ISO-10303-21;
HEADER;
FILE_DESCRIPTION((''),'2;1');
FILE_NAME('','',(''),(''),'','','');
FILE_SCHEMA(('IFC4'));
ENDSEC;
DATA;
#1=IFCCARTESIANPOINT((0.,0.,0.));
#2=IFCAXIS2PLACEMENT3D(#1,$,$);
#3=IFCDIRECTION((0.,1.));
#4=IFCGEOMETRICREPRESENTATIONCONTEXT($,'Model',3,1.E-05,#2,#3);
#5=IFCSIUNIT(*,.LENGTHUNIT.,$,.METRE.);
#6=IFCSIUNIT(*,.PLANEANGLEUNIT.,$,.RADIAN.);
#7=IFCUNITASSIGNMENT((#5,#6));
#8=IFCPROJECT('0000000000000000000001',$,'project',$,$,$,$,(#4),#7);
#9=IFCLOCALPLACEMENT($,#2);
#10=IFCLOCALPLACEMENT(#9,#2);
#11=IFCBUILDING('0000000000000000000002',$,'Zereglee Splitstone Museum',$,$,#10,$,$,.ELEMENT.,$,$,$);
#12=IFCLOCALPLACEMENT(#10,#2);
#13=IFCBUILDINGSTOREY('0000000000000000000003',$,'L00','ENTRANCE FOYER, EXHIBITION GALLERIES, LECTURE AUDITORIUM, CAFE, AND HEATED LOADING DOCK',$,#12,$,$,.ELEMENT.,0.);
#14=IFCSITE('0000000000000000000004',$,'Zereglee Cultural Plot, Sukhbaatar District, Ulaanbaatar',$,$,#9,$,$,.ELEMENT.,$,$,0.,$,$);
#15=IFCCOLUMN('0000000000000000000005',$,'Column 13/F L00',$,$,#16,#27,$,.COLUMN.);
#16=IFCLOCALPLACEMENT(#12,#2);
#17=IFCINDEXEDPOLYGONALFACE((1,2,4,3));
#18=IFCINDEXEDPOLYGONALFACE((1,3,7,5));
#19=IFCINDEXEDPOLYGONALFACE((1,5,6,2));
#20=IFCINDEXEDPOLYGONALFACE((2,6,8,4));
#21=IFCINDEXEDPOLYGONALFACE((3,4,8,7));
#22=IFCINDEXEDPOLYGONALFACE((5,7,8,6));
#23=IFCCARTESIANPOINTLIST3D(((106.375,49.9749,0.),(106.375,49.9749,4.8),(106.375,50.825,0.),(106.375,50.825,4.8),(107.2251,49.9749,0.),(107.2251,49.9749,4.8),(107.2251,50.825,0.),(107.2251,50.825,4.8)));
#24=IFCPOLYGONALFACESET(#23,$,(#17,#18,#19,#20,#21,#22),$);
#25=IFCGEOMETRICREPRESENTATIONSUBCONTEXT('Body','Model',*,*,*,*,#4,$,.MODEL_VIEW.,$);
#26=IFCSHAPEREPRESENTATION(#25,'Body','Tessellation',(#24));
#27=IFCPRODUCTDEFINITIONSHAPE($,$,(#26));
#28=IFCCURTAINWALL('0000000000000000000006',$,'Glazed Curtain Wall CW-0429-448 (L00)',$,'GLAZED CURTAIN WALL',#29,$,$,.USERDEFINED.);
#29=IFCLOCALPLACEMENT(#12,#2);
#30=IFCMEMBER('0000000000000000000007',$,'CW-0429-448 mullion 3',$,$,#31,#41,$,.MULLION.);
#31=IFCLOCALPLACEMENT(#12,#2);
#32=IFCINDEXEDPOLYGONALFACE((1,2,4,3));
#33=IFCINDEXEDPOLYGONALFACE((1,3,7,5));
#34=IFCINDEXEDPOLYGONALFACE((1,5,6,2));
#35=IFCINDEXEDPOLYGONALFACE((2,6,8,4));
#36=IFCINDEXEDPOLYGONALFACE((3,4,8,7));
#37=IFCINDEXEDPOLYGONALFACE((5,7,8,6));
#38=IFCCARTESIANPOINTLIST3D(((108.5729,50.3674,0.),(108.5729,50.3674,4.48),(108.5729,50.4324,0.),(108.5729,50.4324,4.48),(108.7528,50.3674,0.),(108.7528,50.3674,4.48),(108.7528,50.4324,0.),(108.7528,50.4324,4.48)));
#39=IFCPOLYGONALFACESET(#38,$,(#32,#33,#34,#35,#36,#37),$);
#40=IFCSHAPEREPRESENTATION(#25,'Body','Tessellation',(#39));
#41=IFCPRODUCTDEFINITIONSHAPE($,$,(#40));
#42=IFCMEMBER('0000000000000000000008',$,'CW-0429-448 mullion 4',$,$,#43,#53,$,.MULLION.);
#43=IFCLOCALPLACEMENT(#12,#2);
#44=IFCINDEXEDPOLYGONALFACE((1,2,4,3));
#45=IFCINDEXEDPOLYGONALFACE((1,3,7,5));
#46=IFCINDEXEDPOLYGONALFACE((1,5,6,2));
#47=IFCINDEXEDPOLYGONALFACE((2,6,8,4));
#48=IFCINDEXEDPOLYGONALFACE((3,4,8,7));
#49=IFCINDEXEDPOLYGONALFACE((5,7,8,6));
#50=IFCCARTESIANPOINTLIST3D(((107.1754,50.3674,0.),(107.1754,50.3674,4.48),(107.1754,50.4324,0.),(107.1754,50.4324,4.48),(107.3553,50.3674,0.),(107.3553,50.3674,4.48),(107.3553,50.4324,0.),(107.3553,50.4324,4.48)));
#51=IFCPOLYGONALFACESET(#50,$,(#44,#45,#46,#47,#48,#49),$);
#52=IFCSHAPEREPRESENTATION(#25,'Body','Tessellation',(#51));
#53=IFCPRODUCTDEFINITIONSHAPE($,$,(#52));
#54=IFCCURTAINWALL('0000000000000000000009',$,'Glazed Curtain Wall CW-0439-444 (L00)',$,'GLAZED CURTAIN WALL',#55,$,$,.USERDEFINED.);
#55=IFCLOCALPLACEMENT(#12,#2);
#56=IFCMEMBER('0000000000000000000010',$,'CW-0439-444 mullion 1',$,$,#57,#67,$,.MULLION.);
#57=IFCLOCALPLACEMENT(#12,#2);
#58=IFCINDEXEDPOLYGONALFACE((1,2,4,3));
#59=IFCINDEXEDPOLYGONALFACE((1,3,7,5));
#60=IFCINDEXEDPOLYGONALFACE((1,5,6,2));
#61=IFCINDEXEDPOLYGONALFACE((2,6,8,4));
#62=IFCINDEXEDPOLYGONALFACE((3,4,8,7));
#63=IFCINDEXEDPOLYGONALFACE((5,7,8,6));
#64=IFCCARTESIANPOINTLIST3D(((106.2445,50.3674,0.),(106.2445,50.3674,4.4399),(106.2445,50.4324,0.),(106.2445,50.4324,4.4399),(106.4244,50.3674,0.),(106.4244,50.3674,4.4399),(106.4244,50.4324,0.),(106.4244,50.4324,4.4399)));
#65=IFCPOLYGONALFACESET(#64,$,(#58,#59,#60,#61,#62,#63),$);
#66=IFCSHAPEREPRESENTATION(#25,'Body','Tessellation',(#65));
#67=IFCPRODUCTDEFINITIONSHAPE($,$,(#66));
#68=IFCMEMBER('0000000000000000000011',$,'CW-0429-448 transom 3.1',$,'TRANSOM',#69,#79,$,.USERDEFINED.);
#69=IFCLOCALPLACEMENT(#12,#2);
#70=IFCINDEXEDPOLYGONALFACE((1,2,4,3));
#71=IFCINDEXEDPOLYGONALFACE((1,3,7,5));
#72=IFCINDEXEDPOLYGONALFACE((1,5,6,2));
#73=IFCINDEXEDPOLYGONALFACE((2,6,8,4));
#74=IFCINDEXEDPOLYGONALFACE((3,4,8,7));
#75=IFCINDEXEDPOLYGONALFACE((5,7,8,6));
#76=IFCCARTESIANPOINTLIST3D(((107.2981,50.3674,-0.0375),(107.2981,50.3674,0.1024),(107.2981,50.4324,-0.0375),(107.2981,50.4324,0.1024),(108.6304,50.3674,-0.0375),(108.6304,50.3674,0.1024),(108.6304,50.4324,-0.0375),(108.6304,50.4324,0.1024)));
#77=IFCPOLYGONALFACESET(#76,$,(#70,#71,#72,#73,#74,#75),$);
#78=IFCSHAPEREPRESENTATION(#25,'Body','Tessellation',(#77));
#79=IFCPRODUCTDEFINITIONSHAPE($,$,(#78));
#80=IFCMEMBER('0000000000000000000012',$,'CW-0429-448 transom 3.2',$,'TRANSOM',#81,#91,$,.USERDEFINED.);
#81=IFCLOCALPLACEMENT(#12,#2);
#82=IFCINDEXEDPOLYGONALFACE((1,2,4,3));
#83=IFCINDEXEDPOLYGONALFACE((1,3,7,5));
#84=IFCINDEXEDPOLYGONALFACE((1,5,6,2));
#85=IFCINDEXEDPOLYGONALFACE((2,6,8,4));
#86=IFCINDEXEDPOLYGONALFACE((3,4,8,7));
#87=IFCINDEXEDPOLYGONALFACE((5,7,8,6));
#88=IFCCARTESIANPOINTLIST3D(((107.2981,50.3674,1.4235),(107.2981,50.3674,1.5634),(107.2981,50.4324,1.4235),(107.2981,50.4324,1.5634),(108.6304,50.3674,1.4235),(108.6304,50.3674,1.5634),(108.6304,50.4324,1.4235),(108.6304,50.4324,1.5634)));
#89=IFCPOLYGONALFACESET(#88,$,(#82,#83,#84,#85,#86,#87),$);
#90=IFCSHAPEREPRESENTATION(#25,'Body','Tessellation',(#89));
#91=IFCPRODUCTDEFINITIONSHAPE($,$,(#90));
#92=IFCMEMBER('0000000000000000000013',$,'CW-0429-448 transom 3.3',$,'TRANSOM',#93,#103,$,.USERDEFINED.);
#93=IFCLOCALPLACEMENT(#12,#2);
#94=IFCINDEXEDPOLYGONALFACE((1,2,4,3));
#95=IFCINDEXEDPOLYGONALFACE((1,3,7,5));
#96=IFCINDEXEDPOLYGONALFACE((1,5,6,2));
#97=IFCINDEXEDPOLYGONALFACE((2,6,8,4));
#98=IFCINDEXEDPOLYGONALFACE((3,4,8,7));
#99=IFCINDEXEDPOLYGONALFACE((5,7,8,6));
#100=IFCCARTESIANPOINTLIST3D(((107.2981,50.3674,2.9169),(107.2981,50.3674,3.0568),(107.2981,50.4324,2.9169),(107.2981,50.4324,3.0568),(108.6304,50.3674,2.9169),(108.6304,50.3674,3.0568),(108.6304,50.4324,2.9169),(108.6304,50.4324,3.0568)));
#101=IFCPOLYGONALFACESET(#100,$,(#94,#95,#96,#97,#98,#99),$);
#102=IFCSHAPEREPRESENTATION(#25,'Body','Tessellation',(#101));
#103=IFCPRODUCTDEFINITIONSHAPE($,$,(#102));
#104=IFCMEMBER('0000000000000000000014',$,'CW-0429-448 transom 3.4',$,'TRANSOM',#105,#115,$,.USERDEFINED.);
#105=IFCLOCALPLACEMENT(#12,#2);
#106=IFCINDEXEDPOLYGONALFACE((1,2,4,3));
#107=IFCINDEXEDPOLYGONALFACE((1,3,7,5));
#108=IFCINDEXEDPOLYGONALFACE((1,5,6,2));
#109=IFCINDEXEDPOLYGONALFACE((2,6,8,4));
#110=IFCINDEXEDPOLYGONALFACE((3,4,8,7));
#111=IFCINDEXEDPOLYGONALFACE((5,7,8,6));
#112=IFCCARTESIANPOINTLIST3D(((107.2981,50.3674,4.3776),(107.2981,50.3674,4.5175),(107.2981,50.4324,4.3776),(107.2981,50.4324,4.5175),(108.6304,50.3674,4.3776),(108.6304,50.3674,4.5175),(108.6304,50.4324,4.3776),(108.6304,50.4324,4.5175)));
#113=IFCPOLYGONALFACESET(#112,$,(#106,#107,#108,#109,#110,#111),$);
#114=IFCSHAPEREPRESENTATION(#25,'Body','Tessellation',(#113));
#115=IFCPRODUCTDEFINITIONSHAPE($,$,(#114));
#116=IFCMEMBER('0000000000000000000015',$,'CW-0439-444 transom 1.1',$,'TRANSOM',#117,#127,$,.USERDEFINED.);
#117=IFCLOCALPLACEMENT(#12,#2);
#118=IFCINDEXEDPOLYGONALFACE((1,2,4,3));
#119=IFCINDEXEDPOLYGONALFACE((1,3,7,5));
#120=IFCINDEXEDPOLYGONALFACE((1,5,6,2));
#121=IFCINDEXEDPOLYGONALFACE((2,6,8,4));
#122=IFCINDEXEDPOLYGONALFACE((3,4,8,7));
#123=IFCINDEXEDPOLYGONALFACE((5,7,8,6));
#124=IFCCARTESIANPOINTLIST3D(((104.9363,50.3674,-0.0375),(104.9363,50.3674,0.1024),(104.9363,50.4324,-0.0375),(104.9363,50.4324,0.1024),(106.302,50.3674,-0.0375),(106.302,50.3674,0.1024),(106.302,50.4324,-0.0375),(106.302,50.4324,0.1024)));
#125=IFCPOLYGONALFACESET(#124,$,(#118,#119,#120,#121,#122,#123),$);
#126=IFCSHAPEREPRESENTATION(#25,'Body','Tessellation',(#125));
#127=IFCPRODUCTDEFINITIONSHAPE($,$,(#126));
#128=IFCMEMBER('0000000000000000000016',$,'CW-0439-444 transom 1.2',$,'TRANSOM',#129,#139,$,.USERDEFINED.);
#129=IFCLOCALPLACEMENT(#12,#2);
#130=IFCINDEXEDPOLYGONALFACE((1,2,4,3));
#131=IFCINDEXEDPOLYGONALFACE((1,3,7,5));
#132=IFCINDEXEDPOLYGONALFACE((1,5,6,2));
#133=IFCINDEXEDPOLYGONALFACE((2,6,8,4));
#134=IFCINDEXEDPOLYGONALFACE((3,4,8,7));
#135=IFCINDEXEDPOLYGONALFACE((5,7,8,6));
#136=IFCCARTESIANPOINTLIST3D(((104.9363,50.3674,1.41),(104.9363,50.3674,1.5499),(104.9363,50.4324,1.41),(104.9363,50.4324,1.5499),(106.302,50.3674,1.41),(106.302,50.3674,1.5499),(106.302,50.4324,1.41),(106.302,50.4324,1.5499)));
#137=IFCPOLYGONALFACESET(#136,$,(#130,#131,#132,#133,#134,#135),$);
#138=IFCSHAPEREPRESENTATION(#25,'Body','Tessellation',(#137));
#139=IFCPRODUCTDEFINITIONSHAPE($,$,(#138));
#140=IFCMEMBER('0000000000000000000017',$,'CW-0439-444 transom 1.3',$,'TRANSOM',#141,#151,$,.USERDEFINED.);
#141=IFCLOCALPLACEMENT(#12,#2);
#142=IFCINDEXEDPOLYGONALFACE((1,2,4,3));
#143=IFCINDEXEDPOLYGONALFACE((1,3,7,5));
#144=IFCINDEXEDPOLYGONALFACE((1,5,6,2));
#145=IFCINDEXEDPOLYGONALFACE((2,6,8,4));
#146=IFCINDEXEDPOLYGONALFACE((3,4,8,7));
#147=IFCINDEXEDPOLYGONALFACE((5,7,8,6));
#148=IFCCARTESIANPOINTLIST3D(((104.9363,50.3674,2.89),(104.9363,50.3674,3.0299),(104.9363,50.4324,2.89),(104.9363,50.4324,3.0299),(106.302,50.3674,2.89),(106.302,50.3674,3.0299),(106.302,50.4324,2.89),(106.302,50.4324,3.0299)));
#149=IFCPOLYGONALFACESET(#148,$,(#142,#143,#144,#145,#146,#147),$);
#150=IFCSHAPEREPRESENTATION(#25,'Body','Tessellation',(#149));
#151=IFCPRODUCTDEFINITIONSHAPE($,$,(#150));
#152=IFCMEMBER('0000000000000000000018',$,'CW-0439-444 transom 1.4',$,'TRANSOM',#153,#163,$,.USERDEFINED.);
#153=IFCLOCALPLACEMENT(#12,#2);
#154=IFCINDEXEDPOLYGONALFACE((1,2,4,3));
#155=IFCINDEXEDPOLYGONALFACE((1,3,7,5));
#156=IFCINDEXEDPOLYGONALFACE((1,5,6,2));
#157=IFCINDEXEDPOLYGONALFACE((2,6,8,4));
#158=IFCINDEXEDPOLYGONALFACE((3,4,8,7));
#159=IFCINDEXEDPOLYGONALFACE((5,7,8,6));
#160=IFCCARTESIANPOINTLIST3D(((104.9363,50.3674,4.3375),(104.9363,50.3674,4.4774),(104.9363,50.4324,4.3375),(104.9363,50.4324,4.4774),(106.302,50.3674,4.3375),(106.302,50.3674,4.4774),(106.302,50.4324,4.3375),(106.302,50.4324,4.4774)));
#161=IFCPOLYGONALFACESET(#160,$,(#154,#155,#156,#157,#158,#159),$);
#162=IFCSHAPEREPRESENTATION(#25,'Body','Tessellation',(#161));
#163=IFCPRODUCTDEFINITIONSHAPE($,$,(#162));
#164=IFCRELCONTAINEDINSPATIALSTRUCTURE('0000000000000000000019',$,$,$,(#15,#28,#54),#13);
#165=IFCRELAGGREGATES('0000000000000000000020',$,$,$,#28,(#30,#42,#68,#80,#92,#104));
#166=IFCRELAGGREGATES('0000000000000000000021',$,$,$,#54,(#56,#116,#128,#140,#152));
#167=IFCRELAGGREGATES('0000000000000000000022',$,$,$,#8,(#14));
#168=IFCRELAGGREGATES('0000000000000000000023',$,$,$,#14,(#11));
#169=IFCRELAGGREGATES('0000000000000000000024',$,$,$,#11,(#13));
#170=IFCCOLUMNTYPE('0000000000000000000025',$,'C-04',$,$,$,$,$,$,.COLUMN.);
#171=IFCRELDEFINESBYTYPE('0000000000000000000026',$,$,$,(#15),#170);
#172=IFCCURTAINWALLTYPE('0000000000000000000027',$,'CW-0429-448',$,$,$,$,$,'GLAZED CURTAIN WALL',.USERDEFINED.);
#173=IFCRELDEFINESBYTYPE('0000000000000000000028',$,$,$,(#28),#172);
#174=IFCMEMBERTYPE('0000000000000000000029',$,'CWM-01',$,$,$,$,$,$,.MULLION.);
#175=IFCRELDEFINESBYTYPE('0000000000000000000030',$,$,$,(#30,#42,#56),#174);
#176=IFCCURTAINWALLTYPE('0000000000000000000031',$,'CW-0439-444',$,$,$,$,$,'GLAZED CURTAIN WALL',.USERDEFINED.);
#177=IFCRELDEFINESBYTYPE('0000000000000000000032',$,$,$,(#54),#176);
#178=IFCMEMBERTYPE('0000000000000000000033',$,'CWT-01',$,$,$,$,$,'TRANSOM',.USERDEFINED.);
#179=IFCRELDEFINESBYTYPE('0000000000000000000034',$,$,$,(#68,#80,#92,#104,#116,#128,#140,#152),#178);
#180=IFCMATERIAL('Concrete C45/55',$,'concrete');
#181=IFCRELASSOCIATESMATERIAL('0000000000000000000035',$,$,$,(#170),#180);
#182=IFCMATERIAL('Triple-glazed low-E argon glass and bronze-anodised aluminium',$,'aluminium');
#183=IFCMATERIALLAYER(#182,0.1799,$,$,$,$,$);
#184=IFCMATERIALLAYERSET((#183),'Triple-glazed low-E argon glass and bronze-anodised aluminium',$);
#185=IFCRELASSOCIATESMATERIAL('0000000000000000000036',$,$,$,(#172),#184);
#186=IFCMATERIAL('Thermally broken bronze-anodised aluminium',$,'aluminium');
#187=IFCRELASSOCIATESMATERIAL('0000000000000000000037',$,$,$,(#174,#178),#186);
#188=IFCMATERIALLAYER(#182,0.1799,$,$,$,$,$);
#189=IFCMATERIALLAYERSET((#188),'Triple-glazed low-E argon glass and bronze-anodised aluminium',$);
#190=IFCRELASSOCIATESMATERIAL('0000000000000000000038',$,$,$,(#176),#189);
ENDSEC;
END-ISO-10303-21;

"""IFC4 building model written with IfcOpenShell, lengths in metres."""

from ifc_helpers import new_model, si_unit, direction, frame, origin, origin_2d, place, context, subcontext, project, spatial, rectangle, extrude, material, layer, layer_set, material_profile, profile_set, type_object, element, aggregate, save


model = new_model("IFC4")

# Units and contexts
model_context = context("Model", 3, precision=1e-05, world=origin(), true_north=direction((0.0, 1.0)))
body_context = subcontext(model_context, "Body", "Model", "MODEL_VIEW")
ifc_project = project(units=[si_unit("LENGTHUNIT", "METRE"), si_unit("PLANEANGLEUNIT", "RADIAN")], contexts=[model_context])

# Site, building, storey
site_placement = place(None, origin())
site = spatial("IfcSite", under=ifc_project, at=site_placement, Name="Zereglee Cultural Plot, Sukhbaatar District, Ulaanbaatar", CompositionType="ELEMENT", RefElevation=0.0)
building_placement = place(site_placement, origin())
building = spatial("IfcBuilding", under=site, at=building_placement, Name="Zereglee Splitstone Museum", CompositionType="ELEMENT")
storey_placement = place(building_placement, origin())
storey = spatial("IfcBuildingStorey", under=building, at=storey_placement, Name="L00", Description="ENTRANCE FOYER, EXHIBITION GALLERIES, LECTURE AUDITORIUM, CAFE, AND HEATED LOADING DOCK", CompositionType="ELEMENT", Elevation=0.0)

# Column
ifc_material_1 = material(Name="Concrete C45/55", Category="concrete")
ifc_material_profile_1 = material_profile(ifc_material_1, rectangle(XDim=0.8501, YDim=0.8501, at=origin_2d()), Name="RC 850x850")
ifc_profile_set_1 = profile_set([ifc_material_profile_1], Name="Concrete C45/55")
column_type = type_object("IfcColumnType", Name="C-04", PredefinedType="COLUMN", material=ifc_profile_set_1)
column_placement = place(storey_placement, frame((106.8, 50.3999, 0.0), z_axis=(0.0, 0.0, 1.0), x_axis=(1.0, 0.0, 0.0)))
element("IfcColumn", 1, at=column_placement, inside=storey, type_object=column_type, Name="Column 13/F L00", PredefinedType="COLUMN", context=body_context, shape_type="SweptSolid", body=[
    extrude(rectangle(XDim=0.8501, YDim=0.8501, at=origin_2d()), origin(), (0.0, 0.0, 1.0), 4.8),
])

# Curtain wall, members
ifc_material_2 = material(Name="Triple-glazed low-E argon glass and bronze-anodised aluminium", Category="aluminium")
ifc_layer_1 = layer(ifc_material_2, 0.1799)
ifc_layer_set_1 = layer_set([ifc_layer_1], Name="Triple-glazed low-E argon glass and bronze-anodised aluminium")
curtain_wall_type_1 = type_object("IfcCurtainWallType", Name="CW-0429-448", ElementType="GLAZED CURTAIN WALL", PredefinedType="USERDEFINED", material=ifc_layer_set_1)
curtain_wall_1_placement = place(storey_placement, origin())
curtain_wall_1 = element("IfcCurtainWall", 2, at=curtain_wall_1_placement, inside=storey, type_object=curtain_wall_type_1, Name="Glazed Curtain Wall CW-0429-448 (L00)", ObjectType="GLAZED CURTAIN WALL", PredefinedType="USERDEFINED")
ifc_material_3 = material(Name="Thermally broken bronze-anodised aluminium", Category="aluminium")
ifc_material_profile_2 = material_profile(ifc_material_3, rectangle(XDim=0.0649, YDim=0.1799, at=origin_2d()), Name="CW MULL 65x180")
ifc_profile_set_2 = profile_set([ifc_material_profile_2], Name="Thermally broken bronze-anodised aluminium")
member_type_1 = type_object("IfcMemberType", Name="CWM-01", PredefinedType="MULLION", material=ifc_profile_set_2)
member_1_placement = place(storey_placement, frame((108.6628, 50.3999, 0.0), z_axis=(0.0, 0.0, 1.0), x_axis=(0.0, -1.0, 0.0)))
member_1 = element("IfcMember", 3, at=member_1_placement, type_object=member_type_1, Name="CW-0429-448 mullion 3", PredefinedType="MULLION", context=body_context, shape_type="SweptSolid", body=[
    extrude(rectangle(XDim=0.0649, YDim=0.1799, at=origin_2d()), origin(), (0.0, 0.0, 1.0), 4.48),
])
member_2_placement = place(storey_placement, frame((107.2654, 50.3999, 0.0), z_axis=(0.0, 0.0, 1.0), x_axis=(0.0, -1.0, 0.0)))
member_2 = element("IfcMember", 4, at=member_2_placement, type_object=member_type_1, Name="CW-0429-448 mullion 4", PredefinedType="MULLION", context=body_context, shape_type="SweptSolid", body=[
    extrude(rectangle(XDim=0.0649, YDim=0.1799, at=origin_2d()), origin(), (0.0, 0.0, 1.0), 4.48),
])

# Curtain wall, member
ifc_layer_2 = layer(ifc_material_2, 0.1799)
ifc_layer_set_2 = layer_set([ifc_layer_2], Name="Triple-glazed low-E argon glass and bronze-anodised aluminium")
curtain_wall_type_2 = type_object("IfcCurtainWallType", Name="CW-0439-444", ElementType="GLAZED CURTAIN WALL", PredefinedType="USERDEFINED", material=ifc_layer_set_2)
curtain_wall_2_placement = place(storey_placement, origin())
curtain_wall_2 = element("IfcCurtainWall", 5, at=curtain_wall_2_placement, inside=storey, type_object=curtain_wall_type_2, Name="Glazed Curtain Wall CW-0439-444 (L00)", ObjectType="GLAZED CURTAIN WALL", PredefinedType="USERDEFINED")
member_3_placement = place(storey_placement, frame((106.3345, 50.3999, 0.0), z_axis=(0.0, 0.0, 1.0), x_axis=(0.0, -1.0, 0.0)))
member_3 = element("IfcMember", 6, at=member_3_placement, type_object=member_type_1, Name="CW-0439-444 mullion 1", PredefinedType="MULLION", context=body_context, shape_type="SweptSolid", body=[
    extrude(rectangle(XDim=0.0649, YDim=0.1799, at=origin_2d()), origin(), (0.0, 0.0, 1.0), 4.4399),
])

# Members
ifc_material_profile_3 = material_profile(ifc_material_3, rectangle(XDim=0.0649, YDim=0.1399, at=origin_2d()), Name="CW TRAN 65x140")
ifc_profile_set_3 = profile_set([ifc_material_profile_3], Name="Thermally broken bronze-anodised aluminium")
member_type_2 = type_object("IfcMemberType", Name="CWT-01", ElementType="TRANSOM", PredefinedType="USERDEFINED", material=ifc_profile_set_3)
member_4_placement = place(storey_placement, frame((108.6304, 50.3999, 0.0325), z_axis=(-1.0, 0.0, 0.0), x_axis=(0.0, -1.0, 0.0)))
member_4 = element("IfcMember", 7, at=member_4_placement, type_object=member_type_2, Name="CW-0429-448 transom 3.1", ObjectType="TRANSOM", PredefinedType="USERDEFINED", context=body_context, shape_type="SweptSolid", body=[
    extrude(rectangle(XDim=0.0649, YDim=0.1399, at=origin_2d()), origin(), (0.0, 0.0, 1.0), 1.3323),
])
member_5_placement = place(storey_placement, frame((108.6304, 50.3999, 1.4934), z_axis=(-1.0, 0.0, 0.0), x_axis=(0.0, -1.0, 0.0)))
member_5 = element("IfcMember", 8, at=member_5_placement, type_object=member_type_2, Name="CW-0429-448 transom 3.2", ObjectType="TRANSOM", PredefinedType="USERDEFINED", context=body_context, shape_type="SweptSolid", body=[
    extrude(rectangle(XDim=0.0649, YDim=0.1399, at=origin_2d()), origin(), (0.0, 0.0, 1.0), 1.3323),
])
member_6_placement = place(storey_placement, frame((108.6304, 50.3999, 2.9868), z_axis=(-1.0, 0.0, 0.0), x_axis=(0.0, -1.0, 0.0)))
member_6 = element("IfcMember", 9, at=member_6_placement, type_object=member_type_2, Name="CW-0429-448 transom 3.3", ObjectType="TRANSOM", PredefinedType="USERDEFINED", context=body_context, shape_type="SweptSolid", body=[
    extrude(rectangle(XDim=0.0649, YDim=0.1399, at=origin_2d()), origin(), (0.0, 0.0, 1.0), 1.3323),
])
member_7_placement = place(storey_placement, frame((108.6304, 50.3999, 4.4475), z_axis=(-1.0, 0.0, 0.0), x_axis=(0.0, -1.0, 0.0)))
member_7 = element("IfcMember", 10, at=member_7_placement, type_object=member_type_2, Name="CW-0429-448 transom 3.4", ObjectType="TRANSOM", PredefinedType="USERDEFINED", context=body_context, shape_type="SweptSolid", body=[
    extrude(rectangle(XDim=0.0649, YDim=0.1399, at=origin_2d()), origin(), (0.0, 0.0, 1.0), 1.3323),
])
member_8_placement = place(storey_placement, frame((106.302, 50.3999, 0.0325), z_axis=(-1.0, 0.0, 0.0), x_axis=(0.0, -1.0, 0.0)))
member_8 = element("IfcMember", 11, at=member_8_placement, type_object=member_type_2, Name="CW-0439-444 transom 1.1", ObjectType="TRANSOM", PredefinedType="USERDEFINED", context=body_context, shape_type="SweptSolid", body=[
    extrude(rectangle(XDim=0.0649, YDim=0.1399, at=origin_2d()), origin(), (0.0, 0.0, 1.0), 1.3657),
])
member_9_placement = place(storey_placement, frame((106.302, 50.3999, 1.48), z_axis=(-1.0, 0.0, 0.0), x_axis=(0.0, -1.0, 0.0)))
member_9 = element("IfcMember", 12, at=member_9_placement, type_object=member_type_2, Name="CW-0439-444 transom 1.2", ObjectType="TRANSOM", PredefinedType="USERDEFINED", context=body_context, shape_type="SweptSolid", body=[
    extrude(rectangle(XDim=0.0649, YDim=0.1399, at=origin_2d()), origin(), (0.0, 0.0, 1.0), 1.3657),
])
member_10_placement = place(storey_placement, frame((106.302, 50.3999, 2.96), z_axis=(-1.0, 0.0, 0.0), x_axis=(0.0, -1.0, 0.0)))
member_10 = element("IfcMember", 13, at=member_10_placement, type_object=member_type_2, Name="CW-0439-444 transom 1.3", ObjectType="TRANSOM", PredefinedType="USERDEFINED", context=body_context, shape_type="SweptSolid", body=[
    extrude(rectangle(XDim=0.0649, YDim=0.1399, at=origin_2d()), origin(), (0.0, 0.0, 1.0), 1.3657),
])
member_11_placement = place(storey_placement, frame((106.302, 50.3999, 4.4075), z_axis=(-1.0, 0.0, 0.0), x_axis=(0.0, -1.0, 0.0)))
member_11 = element("IfcMember", 14, at=member_11_placement, type_object=member_type_2, Name="CW-0439-444 transom 1.4", ObjectType="TRANSOM", PredefinedType="USERDEFINED", context=body_context, shape_type="SweptSolid", body=[
    extrude(rectangle(XDim=0.0649, YDim=0.1399, at=origin_2d()), origin(), (0.0, 0.0, 1.0), 1.3657),
])

aggregate(curtain_wall_1, [member_1, member_2, member_4, member_5, member_6, member_7])
aggregate(curtain_wall_2, [member_3, member_8, member_9, member_10, member_11])

save(model, "model.ifc")
